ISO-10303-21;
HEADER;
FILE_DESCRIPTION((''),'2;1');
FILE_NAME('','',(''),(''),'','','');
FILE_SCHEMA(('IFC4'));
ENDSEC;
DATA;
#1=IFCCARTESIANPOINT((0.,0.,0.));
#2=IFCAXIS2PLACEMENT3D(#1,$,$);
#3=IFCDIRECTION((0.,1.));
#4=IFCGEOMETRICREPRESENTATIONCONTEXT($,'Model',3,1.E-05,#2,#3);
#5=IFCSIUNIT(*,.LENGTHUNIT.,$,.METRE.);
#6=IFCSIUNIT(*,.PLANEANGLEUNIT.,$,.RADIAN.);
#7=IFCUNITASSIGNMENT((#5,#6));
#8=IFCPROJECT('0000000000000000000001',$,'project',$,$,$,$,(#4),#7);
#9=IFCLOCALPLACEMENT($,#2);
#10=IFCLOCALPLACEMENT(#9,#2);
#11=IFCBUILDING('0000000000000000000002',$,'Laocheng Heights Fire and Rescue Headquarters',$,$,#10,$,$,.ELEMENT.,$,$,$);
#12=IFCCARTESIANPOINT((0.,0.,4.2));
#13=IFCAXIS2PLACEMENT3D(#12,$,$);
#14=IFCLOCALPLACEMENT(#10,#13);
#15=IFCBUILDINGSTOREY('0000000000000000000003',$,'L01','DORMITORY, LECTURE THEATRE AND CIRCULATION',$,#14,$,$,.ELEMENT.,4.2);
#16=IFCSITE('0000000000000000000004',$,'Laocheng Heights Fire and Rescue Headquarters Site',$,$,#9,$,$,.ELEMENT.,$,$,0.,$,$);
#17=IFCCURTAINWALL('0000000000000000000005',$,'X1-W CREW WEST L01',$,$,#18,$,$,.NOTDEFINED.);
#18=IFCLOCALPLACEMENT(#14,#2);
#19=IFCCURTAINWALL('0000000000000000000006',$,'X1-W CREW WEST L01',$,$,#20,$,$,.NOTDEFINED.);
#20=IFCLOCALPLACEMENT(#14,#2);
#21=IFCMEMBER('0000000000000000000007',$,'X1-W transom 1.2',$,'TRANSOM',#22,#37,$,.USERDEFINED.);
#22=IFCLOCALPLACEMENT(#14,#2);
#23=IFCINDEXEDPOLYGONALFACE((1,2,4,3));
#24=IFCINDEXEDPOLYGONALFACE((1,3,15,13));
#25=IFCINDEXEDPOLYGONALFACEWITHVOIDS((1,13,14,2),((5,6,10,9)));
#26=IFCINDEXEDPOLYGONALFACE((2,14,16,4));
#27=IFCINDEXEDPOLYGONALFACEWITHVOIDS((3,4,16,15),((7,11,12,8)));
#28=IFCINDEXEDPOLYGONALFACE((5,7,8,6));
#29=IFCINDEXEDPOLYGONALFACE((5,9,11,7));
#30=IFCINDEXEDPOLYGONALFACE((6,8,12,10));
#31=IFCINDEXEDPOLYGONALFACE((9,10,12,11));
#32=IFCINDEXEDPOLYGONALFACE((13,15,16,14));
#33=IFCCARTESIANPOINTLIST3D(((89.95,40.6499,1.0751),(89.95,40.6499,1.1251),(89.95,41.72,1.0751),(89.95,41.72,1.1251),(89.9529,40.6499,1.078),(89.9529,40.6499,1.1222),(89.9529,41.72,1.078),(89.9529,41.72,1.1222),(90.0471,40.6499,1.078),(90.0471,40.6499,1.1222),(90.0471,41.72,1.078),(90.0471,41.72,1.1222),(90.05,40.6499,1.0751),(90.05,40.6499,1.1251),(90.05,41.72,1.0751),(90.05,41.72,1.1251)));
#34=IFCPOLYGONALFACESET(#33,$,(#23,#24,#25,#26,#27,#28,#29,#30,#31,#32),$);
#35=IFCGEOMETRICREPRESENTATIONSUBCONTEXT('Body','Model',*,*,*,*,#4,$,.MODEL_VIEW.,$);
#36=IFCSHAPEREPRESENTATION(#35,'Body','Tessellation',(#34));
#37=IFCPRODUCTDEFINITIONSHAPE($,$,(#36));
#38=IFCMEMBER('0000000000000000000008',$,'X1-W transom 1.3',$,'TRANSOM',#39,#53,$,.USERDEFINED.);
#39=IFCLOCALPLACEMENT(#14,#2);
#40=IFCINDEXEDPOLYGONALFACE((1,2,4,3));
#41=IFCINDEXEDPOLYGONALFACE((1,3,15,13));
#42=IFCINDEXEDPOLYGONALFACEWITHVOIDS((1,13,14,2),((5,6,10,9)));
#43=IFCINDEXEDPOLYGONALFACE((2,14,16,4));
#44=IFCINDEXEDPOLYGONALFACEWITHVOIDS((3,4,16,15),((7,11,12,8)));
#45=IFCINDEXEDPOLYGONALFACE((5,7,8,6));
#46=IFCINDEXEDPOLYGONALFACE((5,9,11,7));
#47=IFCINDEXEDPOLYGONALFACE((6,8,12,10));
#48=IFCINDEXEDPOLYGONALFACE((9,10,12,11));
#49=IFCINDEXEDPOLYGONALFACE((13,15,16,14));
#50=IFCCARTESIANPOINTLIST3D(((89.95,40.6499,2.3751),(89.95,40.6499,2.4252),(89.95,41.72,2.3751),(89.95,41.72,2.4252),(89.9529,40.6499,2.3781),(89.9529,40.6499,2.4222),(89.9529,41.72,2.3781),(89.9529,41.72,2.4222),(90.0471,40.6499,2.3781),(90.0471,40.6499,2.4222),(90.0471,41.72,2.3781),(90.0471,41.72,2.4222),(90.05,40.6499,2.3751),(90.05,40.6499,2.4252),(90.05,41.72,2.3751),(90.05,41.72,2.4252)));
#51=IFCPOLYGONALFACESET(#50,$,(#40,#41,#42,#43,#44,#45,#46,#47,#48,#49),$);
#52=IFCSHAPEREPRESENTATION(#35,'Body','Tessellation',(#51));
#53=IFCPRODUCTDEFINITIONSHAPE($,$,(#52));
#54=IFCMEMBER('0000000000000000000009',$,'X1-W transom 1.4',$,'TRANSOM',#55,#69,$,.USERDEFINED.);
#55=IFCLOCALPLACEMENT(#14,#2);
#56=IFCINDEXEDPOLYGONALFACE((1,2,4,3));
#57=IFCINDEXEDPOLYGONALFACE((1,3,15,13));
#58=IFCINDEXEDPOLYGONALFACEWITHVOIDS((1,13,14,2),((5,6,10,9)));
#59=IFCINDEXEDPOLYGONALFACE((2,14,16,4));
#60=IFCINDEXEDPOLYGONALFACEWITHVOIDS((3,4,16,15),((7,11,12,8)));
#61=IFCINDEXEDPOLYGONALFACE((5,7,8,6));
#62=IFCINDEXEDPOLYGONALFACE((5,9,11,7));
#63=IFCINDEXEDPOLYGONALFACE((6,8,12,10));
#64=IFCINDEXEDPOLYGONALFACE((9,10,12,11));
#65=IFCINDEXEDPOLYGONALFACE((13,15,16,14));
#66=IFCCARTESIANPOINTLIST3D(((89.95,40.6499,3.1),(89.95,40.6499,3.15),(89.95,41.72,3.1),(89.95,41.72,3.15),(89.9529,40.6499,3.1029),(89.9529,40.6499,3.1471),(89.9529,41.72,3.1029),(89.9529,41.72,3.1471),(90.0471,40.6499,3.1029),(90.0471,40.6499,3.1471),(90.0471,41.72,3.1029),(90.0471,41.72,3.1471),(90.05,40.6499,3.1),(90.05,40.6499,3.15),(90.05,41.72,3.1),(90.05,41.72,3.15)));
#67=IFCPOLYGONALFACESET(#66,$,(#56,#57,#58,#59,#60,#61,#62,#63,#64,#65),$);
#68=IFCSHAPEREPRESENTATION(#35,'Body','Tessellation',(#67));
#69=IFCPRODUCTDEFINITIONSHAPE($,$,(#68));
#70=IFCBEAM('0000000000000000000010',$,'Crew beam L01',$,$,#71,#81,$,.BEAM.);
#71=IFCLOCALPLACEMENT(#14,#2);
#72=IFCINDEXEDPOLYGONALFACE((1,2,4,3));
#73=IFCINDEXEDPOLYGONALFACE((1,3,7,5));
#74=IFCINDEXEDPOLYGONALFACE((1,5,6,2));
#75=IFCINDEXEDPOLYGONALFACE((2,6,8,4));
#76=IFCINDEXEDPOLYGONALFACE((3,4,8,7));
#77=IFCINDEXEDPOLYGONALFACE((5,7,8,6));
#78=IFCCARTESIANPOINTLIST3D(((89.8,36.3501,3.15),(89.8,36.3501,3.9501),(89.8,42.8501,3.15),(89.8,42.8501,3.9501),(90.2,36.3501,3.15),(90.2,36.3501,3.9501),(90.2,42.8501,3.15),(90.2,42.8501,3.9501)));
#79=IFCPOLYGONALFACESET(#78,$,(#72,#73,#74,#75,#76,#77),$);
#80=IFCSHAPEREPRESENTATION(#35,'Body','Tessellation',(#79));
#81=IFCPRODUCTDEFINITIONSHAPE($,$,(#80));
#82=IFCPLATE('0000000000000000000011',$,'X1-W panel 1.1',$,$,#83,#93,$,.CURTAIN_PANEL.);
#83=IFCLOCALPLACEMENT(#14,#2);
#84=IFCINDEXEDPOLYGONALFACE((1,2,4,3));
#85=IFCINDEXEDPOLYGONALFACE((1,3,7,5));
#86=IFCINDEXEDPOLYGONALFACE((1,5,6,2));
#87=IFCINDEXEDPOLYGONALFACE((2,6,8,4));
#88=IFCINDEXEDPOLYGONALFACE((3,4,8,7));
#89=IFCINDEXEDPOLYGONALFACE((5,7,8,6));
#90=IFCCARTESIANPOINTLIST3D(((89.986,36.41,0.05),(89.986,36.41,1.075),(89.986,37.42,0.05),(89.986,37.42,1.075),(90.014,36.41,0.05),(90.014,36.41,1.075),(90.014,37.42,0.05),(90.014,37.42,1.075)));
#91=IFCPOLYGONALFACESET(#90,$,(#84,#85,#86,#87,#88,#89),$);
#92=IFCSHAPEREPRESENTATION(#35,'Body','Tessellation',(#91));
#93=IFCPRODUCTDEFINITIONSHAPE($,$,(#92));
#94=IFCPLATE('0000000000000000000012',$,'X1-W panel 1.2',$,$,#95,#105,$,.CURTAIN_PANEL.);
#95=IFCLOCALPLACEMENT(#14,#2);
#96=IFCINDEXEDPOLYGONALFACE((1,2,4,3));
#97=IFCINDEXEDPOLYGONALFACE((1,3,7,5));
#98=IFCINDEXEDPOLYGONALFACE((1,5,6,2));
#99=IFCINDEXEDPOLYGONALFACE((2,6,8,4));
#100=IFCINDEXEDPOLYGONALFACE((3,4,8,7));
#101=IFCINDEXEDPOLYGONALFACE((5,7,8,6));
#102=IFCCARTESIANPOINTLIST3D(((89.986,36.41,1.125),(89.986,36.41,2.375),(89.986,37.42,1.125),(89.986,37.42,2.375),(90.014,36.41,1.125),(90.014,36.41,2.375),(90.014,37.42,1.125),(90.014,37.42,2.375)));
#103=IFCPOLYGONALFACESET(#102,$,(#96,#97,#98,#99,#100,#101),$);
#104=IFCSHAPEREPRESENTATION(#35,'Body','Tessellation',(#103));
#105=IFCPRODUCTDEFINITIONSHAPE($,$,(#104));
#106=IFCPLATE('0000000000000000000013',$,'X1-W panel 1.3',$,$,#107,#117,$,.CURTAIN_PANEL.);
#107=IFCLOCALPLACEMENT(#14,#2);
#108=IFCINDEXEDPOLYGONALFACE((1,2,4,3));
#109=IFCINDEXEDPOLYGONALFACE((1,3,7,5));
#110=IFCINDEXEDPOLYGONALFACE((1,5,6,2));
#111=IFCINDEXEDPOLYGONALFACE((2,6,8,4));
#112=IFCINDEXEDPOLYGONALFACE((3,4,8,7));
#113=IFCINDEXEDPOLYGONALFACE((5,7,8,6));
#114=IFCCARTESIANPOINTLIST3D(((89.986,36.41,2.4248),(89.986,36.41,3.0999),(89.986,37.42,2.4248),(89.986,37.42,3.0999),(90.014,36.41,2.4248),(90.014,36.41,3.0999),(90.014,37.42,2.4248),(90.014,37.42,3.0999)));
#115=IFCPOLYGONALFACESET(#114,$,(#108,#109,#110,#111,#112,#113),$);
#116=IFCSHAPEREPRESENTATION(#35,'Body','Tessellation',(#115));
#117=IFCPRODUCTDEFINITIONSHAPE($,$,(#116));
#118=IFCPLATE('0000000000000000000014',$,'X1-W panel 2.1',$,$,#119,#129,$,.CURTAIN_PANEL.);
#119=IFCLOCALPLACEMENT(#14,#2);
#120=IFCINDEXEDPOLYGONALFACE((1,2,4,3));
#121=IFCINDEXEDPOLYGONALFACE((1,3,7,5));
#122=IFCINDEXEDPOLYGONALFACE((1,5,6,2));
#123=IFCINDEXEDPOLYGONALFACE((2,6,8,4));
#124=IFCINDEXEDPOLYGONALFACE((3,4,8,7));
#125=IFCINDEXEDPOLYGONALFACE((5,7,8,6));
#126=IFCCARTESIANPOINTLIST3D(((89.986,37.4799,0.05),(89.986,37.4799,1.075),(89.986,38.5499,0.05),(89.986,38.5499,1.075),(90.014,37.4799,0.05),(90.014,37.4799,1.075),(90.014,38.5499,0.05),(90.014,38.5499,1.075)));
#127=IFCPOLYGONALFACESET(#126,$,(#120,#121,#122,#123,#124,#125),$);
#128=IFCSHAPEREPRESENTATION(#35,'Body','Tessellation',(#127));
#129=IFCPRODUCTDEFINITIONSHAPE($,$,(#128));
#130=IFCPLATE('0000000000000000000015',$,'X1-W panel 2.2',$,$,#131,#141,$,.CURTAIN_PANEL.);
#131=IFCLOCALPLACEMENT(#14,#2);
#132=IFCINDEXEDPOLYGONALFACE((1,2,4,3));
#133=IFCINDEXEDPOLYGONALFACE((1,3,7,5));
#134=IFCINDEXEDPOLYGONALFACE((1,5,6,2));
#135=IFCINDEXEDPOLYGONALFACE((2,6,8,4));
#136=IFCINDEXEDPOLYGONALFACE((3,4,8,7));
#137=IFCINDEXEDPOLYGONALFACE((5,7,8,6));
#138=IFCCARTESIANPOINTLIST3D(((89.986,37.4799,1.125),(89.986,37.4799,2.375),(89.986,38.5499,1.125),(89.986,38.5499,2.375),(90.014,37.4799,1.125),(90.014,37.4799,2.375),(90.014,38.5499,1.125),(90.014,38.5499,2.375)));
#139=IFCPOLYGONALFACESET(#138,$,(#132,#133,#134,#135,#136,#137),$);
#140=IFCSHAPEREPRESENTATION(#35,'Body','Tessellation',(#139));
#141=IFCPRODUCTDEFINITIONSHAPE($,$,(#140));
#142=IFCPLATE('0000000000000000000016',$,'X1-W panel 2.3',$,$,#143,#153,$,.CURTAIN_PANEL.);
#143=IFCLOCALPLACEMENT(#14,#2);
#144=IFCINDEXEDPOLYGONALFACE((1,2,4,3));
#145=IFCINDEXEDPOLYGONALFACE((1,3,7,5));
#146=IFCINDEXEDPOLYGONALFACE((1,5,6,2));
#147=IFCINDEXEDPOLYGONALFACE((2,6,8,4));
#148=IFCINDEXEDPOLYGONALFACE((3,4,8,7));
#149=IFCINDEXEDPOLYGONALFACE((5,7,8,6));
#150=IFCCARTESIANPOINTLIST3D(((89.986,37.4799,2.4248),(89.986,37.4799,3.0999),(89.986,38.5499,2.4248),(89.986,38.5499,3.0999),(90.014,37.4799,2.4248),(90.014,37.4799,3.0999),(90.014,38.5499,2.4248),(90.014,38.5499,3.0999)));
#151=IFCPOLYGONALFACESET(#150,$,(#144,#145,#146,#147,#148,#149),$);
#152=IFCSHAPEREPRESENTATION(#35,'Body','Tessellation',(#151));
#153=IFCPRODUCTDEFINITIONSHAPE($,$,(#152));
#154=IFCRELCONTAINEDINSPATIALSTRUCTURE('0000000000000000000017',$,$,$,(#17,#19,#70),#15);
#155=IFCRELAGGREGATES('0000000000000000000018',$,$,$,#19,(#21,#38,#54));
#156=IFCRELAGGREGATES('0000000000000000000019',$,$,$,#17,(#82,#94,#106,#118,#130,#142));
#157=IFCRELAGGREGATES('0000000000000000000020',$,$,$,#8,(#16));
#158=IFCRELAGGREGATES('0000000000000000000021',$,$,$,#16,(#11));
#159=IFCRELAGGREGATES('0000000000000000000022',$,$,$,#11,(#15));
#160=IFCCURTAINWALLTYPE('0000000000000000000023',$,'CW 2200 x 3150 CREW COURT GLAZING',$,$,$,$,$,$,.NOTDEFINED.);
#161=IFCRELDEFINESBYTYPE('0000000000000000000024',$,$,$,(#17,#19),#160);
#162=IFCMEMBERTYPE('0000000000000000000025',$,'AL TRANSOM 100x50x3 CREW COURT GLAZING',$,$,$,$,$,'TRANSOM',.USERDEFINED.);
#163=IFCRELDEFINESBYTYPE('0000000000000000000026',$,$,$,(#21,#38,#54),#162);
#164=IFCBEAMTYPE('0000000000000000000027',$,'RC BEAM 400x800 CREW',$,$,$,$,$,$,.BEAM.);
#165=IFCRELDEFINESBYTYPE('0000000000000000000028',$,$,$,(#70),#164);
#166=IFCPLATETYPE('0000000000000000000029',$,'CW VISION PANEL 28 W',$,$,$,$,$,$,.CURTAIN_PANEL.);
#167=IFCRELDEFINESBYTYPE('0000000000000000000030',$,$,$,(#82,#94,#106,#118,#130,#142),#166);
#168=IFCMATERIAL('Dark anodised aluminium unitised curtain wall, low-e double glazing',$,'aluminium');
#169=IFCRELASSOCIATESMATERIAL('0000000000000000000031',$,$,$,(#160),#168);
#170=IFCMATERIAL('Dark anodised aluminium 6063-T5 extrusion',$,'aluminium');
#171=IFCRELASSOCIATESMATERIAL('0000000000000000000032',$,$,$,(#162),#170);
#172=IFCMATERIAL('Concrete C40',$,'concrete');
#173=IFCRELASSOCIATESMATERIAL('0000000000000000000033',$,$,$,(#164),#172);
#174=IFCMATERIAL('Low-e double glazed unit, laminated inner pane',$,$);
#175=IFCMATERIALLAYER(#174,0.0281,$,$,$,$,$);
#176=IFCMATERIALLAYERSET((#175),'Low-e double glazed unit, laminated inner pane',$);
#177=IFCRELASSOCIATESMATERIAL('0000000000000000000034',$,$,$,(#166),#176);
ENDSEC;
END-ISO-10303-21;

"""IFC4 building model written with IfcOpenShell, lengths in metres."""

from ifc_helpers import new_model, si_unit, direction, frame, origin, origin_2d, place, context, subcontext, project, spatial, rectangle, hollow_rectangle, extrude, material, layer, layer_set, material_profile, profile_set, type_object, element, aggregate, save


model = new_model("IFC4")

# Units and contexts
model_context = context("Model", 3, precision=1e-05, world=origin(), true_north=direction((0.0, 1.0)))
body_context = subcontext(model_context, "Body", "Model", "MODEL_VIEW")
ifc_project = project(units=[si_unit("LENGTHUNIT", "METRE"), si_unit("PLANEANGLEUNIT", "RADIAN")], contexts=[model_context])

# Site, building, storey
site_placement = place(None, origin())
site = spatial("IfcSite", under=ifc_project, at=site_placement, Name="Laocheng Heights Fire and Rescue Headquarters Site", CompositionType="ELEMENT", RefElevation=0.0)
building_placement = place(site_placement, origin())
building = spatial("IfcBuilding", under=site, at=building_placement, Name="Laocheng Heights Fire and Rescue Headquarters", CompositionType="ELEMENT")
storey_placement = place(building_placement, frame((0.0, 0.0, 4.2)))
storey = spatial("IfcBuildingStorey", under=building, at=storey_placement, Name="L01", Description="DORMITORY, LECTURE THEATRE AND CIRCULATION", CompositionType="ELEMENT", Elevation=4.2)

# Curtain walls, members
ifc_material_1 = material(Name="Dark anodised aluminium unitised curtain wall, low-e double glazing", Category="aluminium")
curtain_wall_type = type_object("IfcCurtainWallType", Name="CW 2200 x 3150 CREW COURT GLAZING", PredefinedType="NOTDEFINED", material=ifc_material_1)
curtain_wall_1_placement = place(storey_placement, origin())
curtain_wall_1 = element("IfcCurtainWall", 1, at=curtain_wall_1_placement, inside=storey, type_object=curtain_wall_type, Name="X1-W CREW WEST L01", PredefinedType="NOTDEFINED")
ifc_material_2 = material(Name="Dark anodised aluminium 6063-T5 extrusion", Category="aluminium")
ifc_material_profile_1 = material_profile(ifc_material_2, hollow_rectangle(XDim=0.1001, YDim=0.05, WallThickness=0.0029, at=origin_2d()), Name="AL TRANSOM 100x50x3 CREW COURT GLAZING")
ifc_profile_set_1 = profile_set([ifc_material_profile_1], Name="Dark anodised aluminium 6063-T5 extrusion")
member_type_1 = type_object("IfcMemberType", Name="AL TRANSOM 100x50x3 CREW COURT GLAZING", ElementType="TRANSOM", PredefinedType="USERDEFINED", material=ifc_profile_set_1)
curtain_wall_2_placement = place(storey_placement, origin())
curtain_wall_2 = element("IfcCurtainWall", 2, at=curtain_wall_2_placement, inside=storey, type_object=curtain_wall_type, Name="X1-W CREW WEST L01", PredefinedType="NOTDEFINED")
member_1_placement = place(storey_placement, frame((90.0, 40.6499, 1.1001), z_axis=(0.0, 1.0, 0.0), x_axis=(-1.0, 0.0, 0.0)))
member_1 = element("IfcMember", 3, at=member_1_placement, type_object=member_type_1, Name="X1-W transom 1.2", ObjectType="TRANSOM", PredefinedType="USERDEFINED", context=body_context, shape_type="SweptSolid", body=[
    extrude(hollow_rectangle(XDim=0.1001, YDim=0.05, WallThickness=0.0029, at=origin_2d()), origin(), (0.0, 0.0, 1.0), 1.0701),
])
member_2_placement = place(storey_placement, frame((90.0, 40.6499, 2.4001), z_axis=(0.0, 1.0, 0.0), x_axis=(-1.0, 0.0, 0.0)))
member_2 = element("IfcMember", 4, at=member_2_placement, type_object=member_type_1, Name="X1-W transom 1.3", ObjectType="TRANSOM", PredefinedType="USERDEFINED", context=body_context, shape_type="SweptSolid", body=[
    extrude(hollow_rectangle(XDim=0.1001, YDim=0.05, WallThickness=0.0029, at=origin_2d()), origin(), (0.0, 0.0, 1.0), 1.0701),
])
member_3_placement = place(storey_placement, frame((90.0, 40.6499, 3.125), z_axis=(0.0, 1.0, 0.0), x_axis=(-1.0, 0.0, 0.0)))
member_3 = element("IfcMember", 5, at=member_3_placement, type_object=member_type_1, Name="X1-W transom 1.4", ObjectType="TRANSOM", PredefinedType="USERDEFINED", context=body_context, shape_type="SweptSolid", body=[
    extrude(hollow_rectangle(XDim=0.1001, YDim=0.05, WallThickness=0.0029, at=origin_2d()), origin(), (0.0, 0.0, 1.0), 1.0701),
])
aggregate(curtain_wall_2, [member_1, member_2, member_3])

# Beam
ifc_material_3 = material(Name="Concrete C40", Category="concrete")
ifc_material_profile_2 = material_profile(ifc_material_3, rectangle(XDim=0.3999, YDim=0.8, at=origin_2d()), Name="RC BEAM 400x800 CREW")
ifc_profile_set_2 = profile_set([ifc_material_profile_2], Name="Concrete C40")
beam_type = type_object("IfcBeamType", Name="RC BEAM 400x800 CREW", PredefinedType="BEAM", material=ifc_profile_set_2)
beam_placement = place(storey_placement, frame((90.0, 36.3501, 3.55), z_axis=(0.0, 1.0, 0.0), x_axis=(-1.0, 0.0, 0.0)))
element("IfcBeam", 6, at=beam_placement, inside=storey, type_object=beam_type, Name="Crew beam L01", PredefinedType="BEAM", context=body_context, shape_type="SweptSolid", body=[
    extrude(rectangle(XDim=0.3999, YDim=0.8, at=origin_2d()), origin(), (0.0, 0.0, 1.0), 6.5),
])

# Plates
ifc_material_4 = material(Name="Low-e double glazed unit, laminated inner pane")
ifc_layer_1 = layer(ifc_material_4, 0.0281)
ifc_layer_set_1 = layer_set([ifc_layer_1], Name="Low-e double glazed unit, laminated inner pane")
plate_type = type_object("IfcPlateType", Name="CW VISION PANEL 28 W", PredefinedType="CURTAIN_PANEL", material=ifc_layer_set_1)
plate_1_placement = place(storey_placement, frame((90.0, 36.915, 0.05), z_axis=(0.0, 0.0, 1.0), x_axis=(0.0, 1.0, 0.0)))
plate_1 = element("IfcPlate", 7, at=plate_1_placement, type_object=plate_type, Name="X1-W panel 1.1", PredefinedType="CURTAIN_PANEL", context=body_context, shape_type="SweptSolid", body=[
    extrude(rectangle(XDim=1.01, YDim=0.0281, at=origin_2d()), origin(), (0.0, 0.0, 1.0), 1.0249),
])
plate_2_placement = place(storey_placement, frame((90.0, 36.915, 1.125), z_axis=(0.0, 0.0, 1.0), x_axis=(0.0, 1.0, 0.0)))
plate_2 = element("IfcPlate", 8, at=plate_2_placement, type_object=plate_type, Name="X1-W panel 1.2", PredefinedType="CURTAIN_PANEL", context=body_context, shape_type="SweptSolid", body=[
    extrude(rectangle(XDim=1.01, YDim=0.0281, at=origin_2d()), origin(), (0.0, 0.0, 1.0), 1.25),
])
plate_3_placement = place(storey_placement, frame((90.0, 36.915, 2.4248), z_axis=(0.0, 0.0, 1.0), x_axis=(0.0, 1.0, 0.0)))
plate_3 = element("IfcPlate", 9, at=plate_3_placement, type_object=plate_type, Name="X1-W panel 1.3", PredefinedType="CURTAIN_PANEL", context=body_context, shape_type="SweptSolid", body=[
    extrude(rectangle(XDim=1.01, YDim=0.0281, at=origin_2d()), origin(), (0.0, 0.0, 1.0), 0.675),
])
plate_4_placement = place(storey_placement, frame((90.0, 38.0149, 0.05), z_axis=(0.0, 0.0, 1.0), x_axis=(0.0, 1.0, 0.0)))
plate_4 = element("IfcPlate", 10, at=plate_4_placement, type_object=plate_type, Name="X1-W panel 2.1", PredefinedType="CURTAIN_PANEL", context=body_context, shape_type="SweptSolid", body=[
    extrude(rectangle(XDim=1.0701, YDim=0.0281, at=origin_2d()), origin(), (0.0, 0.0, 1.0), 1.0249),
])
plate_5_placement = place(storey_placement, frame((90.0, 38.0149, 1.125), z_axis=(0.0, 0.0, 1.0), x_axis=(0.0, 1.0, 0.0)))
plate_5 = element("IfcPlate", 11, at=plate_5_placement, type_object=plate_type, Name="X1-W panel 2.2", PredefinedType="CURTAIN_PANEL", context=body_context, shape_type="SweptSolid", body=[
    extrude(rectangle(XDim=1.0701, YDim=0.0281, at=origin_2d()), origin(), (0.0, 0.0, 1.0), 1.25),
])
plate_6_placement = place(storey_placement, frame((90.0, 38.0149, 2.4248), z_axis=(0.0, 0.0, 1.0), x_axis=(0.0, 1.0, 0.0)))
plate_6 = element("IfcPlate", 12, at=plate_6_placement, type_object=plate_type, Name="X1-W panel 2.3", PredefinedType="CURTAIN_PANEL", context=body_context, shape_type="SweptSolid", body=[
    extrude(rectangle(XDim=1.0701, YDim=0.0281, at=origin_2d()), origin(), (0.0, 0.0, 1.0), 0.675),
])
aggregate(curtain_wall_1, [plate_1, plate_2, plate_3, plate_4, plate_5, plate_6])

save(model, "model.ifc")
